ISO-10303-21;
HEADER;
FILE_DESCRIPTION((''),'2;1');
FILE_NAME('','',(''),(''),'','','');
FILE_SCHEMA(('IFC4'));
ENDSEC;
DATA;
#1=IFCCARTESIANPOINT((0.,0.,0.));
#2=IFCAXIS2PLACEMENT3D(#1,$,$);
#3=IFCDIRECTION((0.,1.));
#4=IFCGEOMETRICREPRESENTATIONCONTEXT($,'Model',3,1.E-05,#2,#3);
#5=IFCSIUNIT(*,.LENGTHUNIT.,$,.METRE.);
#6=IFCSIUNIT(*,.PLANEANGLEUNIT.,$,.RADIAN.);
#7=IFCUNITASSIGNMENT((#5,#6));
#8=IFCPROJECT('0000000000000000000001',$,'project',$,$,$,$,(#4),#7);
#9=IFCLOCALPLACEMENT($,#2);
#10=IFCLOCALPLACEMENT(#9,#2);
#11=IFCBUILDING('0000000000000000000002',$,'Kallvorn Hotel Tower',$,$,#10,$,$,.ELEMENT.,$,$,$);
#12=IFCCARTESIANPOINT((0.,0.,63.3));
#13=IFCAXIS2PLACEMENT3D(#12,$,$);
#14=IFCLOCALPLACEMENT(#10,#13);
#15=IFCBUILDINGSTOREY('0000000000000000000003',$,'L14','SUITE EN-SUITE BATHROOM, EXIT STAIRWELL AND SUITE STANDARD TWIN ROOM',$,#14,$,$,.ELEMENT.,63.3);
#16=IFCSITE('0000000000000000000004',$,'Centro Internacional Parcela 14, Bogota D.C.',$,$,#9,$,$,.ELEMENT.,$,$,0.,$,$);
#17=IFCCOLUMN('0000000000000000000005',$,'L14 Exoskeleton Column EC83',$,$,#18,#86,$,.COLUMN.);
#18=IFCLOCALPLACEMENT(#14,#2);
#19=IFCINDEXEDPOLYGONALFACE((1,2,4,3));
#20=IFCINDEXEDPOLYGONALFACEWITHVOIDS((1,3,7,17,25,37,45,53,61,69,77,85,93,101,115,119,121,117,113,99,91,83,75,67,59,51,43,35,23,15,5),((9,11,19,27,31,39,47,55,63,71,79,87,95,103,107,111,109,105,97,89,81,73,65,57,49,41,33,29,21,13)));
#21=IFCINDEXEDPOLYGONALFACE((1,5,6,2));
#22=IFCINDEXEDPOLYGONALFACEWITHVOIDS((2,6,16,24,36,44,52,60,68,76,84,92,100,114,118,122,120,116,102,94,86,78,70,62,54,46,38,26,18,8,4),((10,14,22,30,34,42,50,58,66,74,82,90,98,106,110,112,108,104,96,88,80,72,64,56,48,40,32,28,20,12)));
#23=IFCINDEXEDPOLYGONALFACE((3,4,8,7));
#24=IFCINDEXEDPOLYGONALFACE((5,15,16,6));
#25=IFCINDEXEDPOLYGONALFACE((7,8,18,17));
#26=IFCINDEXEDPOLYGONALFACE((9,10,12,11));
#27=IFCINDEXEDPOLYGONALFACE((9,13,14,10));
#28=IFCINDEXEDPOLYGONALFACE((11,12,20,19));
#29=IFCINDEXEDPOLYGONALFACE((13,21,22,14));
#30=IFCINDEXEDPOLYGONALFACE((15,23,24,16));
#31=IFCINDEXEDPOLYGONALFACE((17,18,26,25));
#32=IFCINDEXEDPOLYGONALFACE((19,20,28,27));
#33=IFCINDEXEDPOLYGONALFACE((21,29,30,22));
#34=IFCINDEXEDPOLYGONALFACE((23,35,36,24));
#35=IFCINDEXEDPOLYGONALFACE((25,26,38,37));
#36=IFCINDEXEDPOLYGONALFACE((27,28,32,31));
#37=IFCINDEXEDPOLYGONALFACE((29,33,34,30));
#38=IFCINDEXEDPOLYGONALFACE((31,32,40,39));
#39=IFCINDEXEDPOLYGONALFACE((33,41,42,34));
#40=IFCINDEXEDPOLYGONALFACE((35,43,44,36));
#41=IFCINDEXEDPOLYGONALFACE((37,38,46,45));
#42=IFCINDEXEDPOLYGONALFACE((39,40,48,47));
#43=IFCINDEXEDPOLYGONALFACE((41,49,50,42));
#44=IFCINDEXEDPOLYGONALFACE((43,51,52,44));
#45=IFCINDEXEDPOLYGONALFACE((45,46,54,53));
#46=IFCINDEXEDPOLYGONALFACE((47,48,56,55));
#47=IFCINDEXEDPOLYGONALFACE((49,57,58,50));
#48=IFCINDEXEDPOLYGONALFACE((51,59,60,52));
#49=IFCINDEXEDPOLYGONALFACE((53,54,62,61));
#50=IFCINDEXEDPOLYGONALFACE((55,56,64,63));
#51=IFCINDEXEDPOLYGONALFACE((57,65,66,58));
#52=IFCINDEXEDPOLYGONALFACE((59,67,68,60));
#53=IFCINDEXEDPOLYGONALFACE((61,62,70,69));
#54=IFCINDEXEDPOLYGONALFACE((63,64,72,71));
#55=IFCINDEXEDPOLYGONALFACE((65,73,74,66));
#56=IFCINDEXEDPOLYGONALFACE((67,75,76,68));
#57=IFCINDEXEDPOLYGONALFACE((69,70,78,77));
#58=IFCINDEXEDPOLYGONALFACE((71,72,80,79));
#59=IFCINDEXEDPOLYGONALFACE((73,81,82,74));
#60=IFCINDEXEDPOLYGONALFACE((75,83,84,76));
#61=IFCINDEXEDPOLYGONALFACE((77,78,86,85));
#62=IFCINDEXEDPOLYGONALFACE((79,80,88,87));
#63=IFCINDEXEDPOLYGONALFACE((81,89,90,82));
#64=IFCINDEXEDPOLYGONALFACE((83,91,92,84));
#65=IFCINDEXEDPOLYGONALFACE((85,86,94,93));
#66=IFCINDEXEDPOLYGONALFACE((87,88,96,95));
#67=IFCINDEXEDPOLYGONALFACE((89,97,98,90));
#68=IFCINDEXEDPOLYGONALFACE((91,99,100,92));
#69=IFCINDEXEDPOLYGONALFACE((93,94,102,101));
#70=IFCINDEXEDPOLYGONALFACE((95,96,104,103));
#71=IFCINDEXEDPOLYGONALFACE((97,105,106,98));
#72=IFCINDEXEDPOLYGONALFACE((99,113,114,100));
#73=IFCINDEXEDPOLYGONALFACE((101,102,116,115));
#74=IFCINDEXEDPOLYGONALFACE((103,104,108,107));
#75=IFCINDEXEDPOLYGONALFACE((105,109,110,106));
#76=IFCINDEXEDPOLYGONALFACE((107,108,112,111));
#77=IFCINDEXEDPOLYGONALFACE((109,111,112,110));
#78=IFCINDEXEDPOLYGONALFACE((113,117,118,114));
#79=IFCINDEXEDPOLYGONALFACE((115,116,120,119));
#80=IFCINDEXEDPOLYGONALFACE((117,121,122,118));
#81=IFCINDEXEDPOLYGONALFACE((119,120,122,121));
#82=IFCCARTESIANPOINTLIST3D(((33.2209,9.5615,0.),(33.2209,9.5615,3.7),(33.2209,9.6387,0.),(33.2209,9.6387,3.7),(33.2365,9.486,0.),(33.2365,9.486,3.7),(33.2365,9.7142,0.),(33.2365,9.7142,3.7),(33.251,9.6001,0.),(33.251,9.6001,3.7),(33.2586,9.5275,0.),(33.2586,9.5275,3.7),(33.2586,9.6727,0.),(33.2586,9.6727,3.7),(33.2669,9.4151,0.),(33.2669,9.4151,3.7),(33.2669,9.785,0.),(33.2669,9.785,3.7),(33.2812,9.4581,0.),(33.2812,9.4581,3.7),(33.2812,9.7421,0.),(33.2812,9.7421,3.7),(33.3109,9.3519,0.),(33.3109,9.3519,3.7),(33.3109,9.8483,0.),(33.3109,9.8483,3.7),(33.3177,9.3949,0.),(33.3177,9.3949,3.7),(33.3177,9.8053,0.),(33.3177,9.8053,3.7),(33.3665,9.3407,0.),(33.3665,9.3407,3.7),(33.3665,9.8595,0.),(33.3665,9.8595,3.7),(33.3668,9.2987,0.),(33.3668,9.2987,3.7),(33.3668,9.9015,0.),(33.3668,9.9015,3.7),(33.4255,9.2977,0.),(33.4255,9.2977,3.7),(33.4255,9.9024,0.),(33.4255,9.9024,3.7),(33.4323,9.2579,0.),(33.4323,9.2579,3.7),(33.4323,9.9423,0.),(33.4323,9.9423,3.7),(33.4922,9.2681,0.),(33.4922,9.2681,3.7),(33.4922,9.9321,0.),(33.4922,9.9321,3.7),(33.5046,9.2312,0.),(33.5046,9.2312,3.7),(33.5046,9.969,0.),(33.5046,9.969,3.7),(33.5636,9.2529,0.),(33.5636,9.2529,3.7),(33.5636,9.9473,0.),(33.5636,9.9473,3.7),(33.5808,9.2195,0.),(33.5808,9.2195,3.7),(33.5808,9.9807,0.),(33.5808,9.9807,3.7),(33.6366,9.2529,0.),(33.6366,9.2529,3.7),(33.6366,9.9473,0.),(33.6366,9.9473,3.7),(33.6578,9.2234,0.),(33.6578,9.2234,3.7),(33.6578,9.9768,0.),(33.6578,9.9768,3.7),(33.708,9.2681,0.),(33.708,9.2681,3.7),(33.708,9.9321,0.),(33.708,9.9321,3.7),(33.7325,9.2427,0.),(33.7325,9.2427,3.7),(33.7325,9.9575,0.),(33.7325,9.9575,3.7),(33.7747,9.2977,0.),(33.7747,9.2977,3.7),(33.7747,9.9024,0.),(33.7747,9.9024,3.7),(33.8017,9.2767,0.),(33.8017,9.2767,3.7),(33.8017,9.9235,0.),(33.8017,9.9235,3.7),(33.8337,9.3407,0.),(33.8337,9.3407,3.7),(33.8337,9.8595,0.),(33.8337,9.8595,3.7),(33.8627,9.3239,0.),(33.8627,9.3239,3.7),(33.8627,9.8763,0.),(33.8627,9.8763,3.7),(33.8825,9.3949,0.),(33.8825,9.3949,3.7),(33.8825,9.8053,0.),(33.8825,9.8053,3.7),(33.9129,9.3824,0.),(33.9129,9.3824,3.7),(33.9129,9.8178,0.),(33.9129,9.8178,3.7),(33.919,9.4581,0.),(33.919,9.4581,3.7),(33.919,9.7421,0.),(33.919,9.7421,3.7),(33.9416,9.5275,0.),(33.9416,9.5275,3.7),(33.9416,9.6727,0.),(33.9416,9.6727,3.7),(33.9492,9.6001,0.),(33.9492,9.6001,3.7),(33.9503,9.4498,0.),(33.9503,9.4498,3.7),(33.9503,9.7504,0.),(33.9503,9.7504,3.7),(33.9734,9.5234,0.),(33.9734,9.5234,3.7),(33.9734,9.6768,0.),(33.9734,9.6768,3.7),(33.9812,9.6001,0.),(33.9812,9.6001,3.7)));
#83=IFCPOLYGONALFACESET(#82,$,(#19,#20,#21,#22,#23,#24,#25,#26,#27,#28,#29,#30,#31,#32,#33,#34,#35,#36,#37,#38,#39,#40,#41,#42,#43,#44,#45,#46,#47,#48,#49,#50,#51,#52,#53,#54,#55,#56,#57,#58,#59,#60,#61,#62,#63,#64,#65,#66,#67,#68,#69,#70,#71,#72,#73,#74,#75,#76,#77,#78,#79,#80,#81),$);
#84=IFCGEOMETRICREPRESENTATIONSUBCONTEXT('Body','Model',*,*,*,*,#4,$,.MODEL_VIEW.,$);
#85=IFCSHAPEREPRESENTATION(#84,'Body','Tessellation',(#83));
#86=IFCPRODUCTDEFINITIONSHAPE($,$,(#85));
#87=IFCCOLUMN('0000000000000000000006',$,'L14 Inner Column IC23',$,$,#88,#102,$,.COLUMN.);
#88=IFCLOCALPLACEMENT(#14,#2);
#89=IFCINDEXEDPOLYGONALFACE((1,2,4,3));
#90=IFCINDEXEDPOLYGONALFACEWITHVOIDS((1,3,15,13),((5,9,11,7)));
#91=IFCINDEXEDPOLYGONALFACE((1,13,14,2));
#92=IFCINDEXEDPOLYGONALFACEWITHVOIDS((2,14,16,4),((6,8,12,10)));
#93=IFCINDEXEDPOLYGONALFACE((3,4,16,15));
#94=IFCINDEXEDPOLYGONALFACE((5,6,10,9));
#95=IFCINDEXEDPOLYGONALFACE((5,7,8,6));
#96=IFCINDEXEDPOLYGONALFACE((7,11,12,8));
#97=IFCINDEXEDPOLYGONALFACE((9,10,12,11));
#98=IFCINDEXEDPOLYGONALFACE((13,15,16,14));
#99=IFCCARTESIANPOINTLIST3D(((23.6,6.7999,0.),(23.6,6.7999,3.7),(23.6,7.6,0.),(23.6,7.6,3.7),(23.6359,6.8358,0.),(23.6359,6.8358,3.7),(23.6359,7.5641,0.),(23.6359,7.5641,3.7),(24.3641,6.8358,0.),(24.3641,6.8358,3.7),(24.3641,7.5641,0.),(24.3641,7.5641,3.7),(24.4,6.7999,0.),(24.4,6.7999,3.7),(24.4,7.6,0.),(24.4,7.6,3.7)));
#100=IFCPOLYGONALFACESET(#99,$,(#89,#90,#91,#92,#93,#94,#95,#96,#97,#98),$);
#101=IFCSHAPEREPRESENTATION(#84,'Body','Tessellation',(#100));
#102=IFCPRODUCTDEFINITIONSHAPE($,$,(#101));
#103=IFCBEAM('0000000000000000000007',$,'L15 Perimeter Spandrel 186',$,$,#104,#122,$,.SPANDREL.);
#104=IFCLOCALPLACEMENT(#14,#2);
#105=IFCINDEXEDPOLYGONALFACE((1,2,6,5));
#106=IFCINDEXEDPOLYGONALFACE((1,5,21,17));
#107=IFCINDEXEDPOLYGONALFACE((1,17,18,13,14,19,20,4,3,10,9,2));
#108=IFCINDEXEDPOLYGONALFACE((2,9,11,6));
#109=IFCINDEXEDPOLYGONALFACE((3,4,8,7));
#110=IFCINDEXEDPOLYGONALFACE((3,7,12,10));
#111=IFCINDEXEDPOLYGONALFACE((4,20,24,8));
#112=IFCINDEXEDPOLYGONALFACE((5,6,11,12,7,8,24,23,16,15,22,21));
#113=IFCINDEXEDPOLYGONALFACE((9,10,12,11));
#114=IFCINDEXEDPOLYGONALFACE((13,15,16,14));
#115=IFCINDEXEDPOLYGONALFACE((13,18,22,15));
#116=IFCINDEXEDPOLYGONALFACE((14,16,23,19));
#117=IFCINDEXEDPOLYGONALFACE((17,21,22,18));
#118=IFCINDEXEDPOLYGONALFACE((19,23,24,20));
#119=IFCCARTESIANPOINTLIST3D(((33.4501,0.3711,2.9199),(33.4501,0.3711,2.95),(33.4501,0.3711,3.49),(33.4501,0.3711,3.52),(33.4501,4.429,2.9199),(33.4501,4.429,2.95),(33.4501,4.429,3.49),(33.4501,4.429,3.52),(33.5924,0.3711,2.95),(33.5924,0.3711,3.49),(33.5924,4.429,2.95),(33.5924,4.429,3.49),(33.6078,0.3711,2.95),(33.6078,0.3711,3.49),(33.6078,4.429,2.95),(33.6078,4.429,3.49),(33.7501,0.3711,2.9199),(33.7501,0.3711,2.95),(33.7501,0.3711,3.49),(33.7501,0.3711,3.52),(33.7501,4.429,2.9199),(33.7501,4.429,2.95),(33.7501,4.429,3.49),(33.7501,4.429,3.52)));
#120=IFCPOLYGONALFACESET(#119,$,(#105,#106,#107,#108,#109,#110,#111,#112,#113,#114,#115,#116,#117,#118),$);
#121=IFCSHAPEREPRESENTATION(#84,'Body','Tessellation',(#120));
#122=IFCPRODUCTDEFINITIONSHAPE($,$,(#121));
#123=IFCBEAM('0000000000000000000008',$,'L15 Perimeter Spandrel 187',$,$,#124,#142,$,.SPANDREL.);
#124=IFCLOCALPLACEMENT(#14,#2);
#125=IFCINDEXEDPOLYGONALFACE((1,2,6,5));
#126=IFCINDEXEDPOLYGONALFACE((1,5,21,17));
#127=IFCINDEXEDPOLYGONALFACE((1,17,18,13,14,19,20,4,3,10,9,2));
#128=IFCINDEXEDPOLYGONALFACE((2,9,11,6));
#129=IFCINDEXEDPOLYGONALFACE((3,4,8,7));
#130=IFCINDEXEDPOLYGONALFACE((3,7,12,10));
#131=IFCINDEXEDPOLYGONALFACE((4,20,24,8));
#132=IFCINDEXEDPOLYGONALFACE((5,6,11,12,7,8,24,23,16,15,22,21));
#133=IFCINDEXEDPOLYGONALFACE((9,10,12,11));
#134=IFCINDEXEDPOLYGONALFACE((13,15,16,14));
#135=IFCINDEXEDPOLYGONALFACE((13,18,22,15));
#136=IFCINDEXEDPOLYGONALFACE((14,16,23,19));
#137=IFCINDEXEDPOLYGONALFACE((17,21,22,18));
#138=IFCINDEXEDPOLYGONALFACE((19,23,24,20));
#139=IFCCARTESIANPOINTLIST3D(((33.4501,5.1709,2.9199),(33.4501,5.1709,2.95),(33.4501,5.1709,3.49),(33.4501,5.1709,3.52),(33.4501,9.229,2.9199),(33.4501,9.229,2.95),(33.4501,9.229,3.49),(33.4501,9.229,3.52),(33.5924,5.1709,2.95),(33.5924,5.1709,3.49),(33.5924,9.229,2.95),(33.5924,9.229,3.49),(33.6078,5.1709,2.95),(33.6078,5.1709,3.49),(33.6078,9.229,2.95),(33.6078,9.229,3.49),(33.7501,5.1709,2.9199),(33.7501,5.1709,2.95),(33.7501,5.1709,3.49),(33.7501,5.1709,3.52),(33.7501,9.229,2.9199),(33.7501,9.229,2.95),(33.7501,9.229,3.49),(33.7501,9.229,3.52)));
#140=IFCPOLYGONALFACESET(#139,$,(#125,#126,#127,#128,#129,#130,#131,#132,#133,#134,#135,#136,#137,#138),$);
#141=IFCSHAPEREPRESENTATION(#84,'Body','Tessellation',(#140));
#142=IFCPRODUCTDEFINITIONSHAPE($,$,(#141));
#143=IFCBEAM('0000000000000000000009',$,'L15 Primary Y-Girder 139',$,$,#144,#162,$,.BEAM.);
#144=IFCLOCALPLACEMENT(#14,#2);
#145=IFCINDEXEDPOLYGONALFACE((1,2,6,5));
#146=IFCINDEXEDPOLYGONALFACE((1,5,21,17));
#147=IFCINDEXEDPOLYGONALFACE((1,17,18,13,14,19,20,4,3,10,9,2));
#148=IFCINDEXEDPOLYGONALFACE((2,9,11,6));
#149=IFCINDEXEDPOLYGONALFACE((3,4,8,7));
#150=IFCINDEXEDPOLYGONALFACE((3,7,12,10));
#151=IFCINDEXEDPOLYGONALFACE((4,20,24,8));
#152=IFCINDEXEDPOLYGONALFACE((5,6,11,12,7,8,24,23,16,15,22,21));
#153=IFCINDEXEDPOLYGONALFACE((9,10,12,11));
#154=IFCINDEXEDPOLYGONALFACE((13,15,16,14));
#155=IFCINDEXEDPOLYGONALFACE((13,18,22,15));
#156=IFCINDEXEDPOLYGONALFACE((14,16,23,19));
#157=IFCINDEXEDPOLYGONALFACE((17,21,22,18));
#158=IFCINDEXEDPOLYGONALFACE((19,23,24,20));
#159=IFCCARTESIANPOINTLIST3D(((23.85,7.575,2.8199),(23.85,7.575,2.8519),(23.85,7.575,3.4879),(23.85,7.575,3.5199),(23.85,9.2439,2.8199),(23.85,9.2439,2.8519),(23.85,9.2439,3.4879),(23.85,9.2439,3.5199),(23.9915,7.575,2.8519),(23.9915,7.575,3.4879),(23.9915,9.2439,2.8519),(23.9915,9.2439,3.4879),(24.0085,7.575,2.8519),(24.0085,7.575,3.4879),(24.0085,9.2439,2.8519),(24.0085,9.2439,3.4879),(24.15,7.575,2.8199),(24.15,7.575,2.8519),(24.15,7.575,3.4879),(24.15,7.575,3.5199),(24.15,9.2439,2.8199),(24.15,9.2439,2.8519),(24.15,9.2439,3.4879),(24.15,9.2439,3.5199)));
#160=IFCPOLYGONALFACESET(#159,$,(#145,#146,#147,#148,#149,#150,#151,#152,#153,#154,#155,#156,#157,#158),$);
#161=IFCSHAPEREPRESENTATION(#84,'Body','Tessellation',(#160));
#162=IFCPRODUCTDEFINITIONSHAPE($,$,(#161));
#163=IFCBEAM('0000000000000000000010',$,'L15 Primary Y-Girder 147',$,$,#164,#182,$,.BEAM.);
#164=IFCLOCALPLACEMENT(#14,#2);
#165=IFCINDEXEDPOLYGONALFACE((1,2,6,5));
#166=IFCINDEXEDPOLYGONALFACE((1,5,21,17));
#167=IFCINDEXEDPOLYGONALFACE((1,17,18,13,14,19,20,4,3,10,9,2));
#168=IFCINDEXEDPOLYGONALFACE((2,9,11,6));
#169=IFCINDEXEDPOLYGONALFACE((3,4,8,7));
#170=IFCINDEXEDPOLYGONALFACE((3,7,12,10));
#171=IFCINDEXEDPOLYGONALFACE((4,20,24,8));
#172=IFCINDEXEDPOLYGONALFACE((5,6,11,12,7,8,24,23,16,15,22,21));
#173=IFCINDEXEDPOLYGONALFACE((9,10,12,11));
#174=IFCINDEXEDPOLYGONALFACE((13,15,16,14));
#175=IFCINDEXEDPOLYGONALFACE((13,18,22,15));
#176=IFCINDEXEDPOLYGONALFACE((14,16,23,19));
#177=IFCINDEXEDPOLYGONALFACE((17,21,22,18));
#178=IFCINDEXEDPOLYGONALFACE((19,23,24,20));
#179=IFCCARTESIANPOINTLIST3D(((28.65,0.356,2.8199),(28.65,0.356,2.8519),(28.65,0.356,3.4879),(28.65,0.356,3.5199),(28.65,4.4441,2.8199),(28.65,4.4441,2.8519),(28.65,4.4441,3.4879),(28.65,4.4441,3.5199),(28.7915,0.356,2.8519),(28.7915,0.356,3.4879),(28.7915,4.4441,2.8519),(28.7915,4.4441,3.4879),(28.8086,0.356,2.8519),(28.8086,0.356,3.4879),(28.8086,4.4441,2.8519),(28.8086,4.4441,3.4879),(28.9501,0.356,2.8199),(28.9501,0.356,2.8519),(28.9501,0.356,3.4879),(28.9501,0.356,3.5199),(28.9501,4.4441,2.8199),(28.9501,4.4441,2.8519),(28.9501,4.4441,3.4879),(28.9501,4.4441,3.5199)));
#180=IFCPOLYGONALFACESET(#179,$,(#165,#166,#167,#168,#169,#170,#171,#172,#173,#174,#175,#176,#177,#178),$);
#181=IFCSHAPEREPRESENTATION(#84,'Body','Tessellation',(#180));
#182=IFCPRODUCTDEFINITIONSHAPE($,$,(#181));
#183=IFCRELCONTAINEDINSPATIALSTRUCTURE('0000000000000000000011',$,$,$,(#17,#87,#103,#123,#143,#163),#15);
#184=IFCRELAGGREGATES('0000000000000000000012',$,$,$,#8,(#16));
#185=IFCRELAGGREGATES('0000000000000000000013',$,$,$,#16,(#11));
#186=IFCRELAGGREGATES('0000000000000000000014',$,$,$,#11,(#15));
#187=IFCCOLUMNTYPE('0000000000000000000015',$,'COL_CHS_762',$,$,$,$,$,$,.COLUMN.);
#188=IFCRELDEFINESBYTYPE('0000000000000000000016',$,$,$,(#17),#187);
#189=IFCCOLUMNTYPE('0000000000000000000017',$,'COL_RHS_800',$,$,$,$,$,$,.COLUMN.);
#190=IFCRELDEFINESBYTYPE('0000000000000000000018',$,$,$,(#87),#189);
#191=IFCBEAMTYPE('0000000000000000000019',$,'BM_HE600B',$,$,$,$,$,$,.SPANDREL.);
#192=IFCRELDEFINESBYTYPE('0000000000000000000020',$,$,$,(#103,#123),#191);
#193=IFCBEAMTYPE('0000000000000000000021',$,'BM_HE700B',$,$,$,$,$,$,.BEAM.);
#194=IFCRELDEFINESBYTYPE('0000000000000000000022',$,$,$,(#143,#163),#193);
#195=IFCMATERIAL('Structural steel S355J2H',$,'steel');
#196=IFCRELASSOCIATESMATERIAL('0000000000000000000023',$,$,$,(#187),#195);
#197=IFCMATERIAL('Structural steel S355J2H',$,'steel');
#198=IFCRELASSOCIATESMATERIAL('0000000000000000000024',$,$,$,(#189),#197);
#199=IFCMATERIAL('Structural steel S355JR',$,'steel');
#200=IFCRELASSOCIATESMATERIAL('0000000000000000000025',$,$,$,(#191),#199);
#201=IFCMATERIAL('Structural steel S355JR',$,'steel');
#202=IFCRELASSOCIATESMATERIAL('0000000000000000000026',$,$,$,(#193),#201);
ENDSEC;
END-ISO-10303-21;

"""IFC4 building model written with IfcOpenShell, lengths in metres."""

from ifc_helpers import new_model, si_unit, direction, frame, origin, origin_2d, place, context, subcontext, project, spatial, hollow_rectangle, hollow_circle, i_section, extrude, material, material_profile, profile_set, type_object, element, save


model = new_model("IFC4")

# Units and contexts
model_context = context("Model", 3, precision=1e-05, world=origin(), true_north=direction((0.0, 1.0)))
body_context = subcontext(model_context, "Body", "Model", "MODEL_VIEW")
ifc_project = project(units=[si_unit("LENGTHUNIT", "METRE"), si_unit("PLANEANGLEUNIT", "RADIAN")], contexts=[model_context])

# Site, building, storey
site_placement = place(None, origin())
site = spatial("IfcSite", under=ifc_project, at=site_placement, Name="Centro Internacional Parcela 14, Bogota D.C.", CompositionType="ELEMENT", RefElevation=0.0)
building_placement = place(site_placement, origin())
building = spatial("IfcBuilding", under=site, at=building_placement, Name="Kallvorn Hotel Tower", CompositionType="ELEMENT")
storey_placement = place(building_placement, frame((0.0, 0.0, 63.3)))
storey = spatial("IfcBuildingStorey", under=building, at=storey_placement, Name="L14", Description="SUITE EN-SUITE BATHROOM, EXIT STAIRWELL AND SUITE STANDARD TWIN ROOM", CompositionType="ELEMENT", Elevation=63.3)

# Columns
ifc_material_1 = material(Name="Structural steel S355J2H", Category="steel")
ifc_material_profile_1 = material_profile(ifc_material_1, hollow_circle(Radius=0.3811, WallThickness=0.032, at=origin_2d()), Name="CHS 762x32")
ifc_profile_set_1 = profile_set([ifc_material_profile_1], Name="Structural steel S355J2H")
column_type_1 = type_object("IfcColumnType", Name="COL_CHS_762", PredefinedType="COLUMN", material=ifc_profile_set_1)
for number, where, z_axis, x_axis, name in (
    (1, (33.6001, 9.6001, 0.0), (0.0, 0.0, 1.0), (1.0, 0.0, 0.0), "L14 Exoskeleton Column EC83"),
):
    element("IfcColumn", number, at=place(storey_placement, frame(where, z_axis=z_axis, x_axis=x_axis)), inside=storey, type_object=column_type_1, Name=name, PredefinedType="COLUMN", context=body_context, shape_type="SweptSolid", body=[
        extrude(hollow_circle(Radius=0.3811, WallThickness=0.032, at=origin_2d()), origin(), (0.0, 0.0, 1.0), 3.7),
    ])
ifc_material_2 = material(Name="Structural steel S355J2H", Category="steel")
ifc_material_profile_2 = material_profile(ifc_material_2, hollow_rectangle(XDim=0.8, YDim=0.8, WallThickness=0.0359, at=origin_2d()), Name="RHS 800x800x36")
ifc_profile_set_2 = profile_set([ifc_material_profile_2], Name="Structural steel S355J2H")
column_type_2 = type_object("IfcColumnType", Name="COL_RHS_800", PredefinedType="COLUMN", material=ifc_profile_set_2)
column_placement = place(storey_placement, frame((24.0, 7.2, 0.0), z_axis=(0.0, 0.0, 1.0), x_axis=(1.0, 0.0, 0.0)))
element("IfcColumn", 2, at=column_placement, inside=storey, type_object=column_type_2, Name="L14 Inner Column IC23", PredefinedType="COLUMN", context=body_context, shape_type="SweptSolid", body=[
    extrude(hollow_rectangle(XDim=0.8, YDim=0.8, WallThickness=0.0359, at=origin_2d()), origin(), (0.0, 0.0, 1.0), 3.7),
])

# Beams
ifc_material_3 = material(Name="Structural steel S355JR", Category="steel")
ifc_material_profile_3 = material_profile(ifc_material_3, i_section(OverallWidth=0.3, OverallDepth=0.6001, WebThickness=0.0154, FlangeThickness=0.03, at=origin_2d()), Name="HE 600 B")
ifc_profile_set_3 = profile_set([ifc_material_profile_3], Name="Structural steel S355JR")
beam_type_1 = type_object("IfcBeamType", Name="BM_HE600B", PredefinedType="SPANDREL", material=ifc_profile_set_3)
beam_1_placement = place(storey_placement, frame((33.6001, 0.3711, 3.22), z_axis=(0.0, 1.0, 0.0), x_axis=(-1.0, 0.0, 0.0)))
element("IfcBeam", 3, at=beam_1_placement, inside=storey, type_object=beam_type_1, Name="L15 Perimeter Spandrel 186", PredefinedType="SPANDREL", context=body_context, shape_type="SweptSolid", body=[
    extrude(i_section(OverallWidth=0.3, OverallDepth=0.6001, WebThickness=0.0154, FlangeThickness=0.03, at=origin_2d()), origin(), (0.0, 0.0, 1.0), 4.0579),
])
beam_2_placement = place(storey_placement, frame((33.6001, 5.1709, 3.22), z_axis=(0.0, 1.0, 0.0), x_axis=(-1.0, 0.0, 0.0)))
element("IfcBeam", 4, at=beam_2_placement, inside=storey, type_object=beam_type_1, Name="L15 Perimeter Spandrel 187", PredefinedType="SPANDREL", context=body_context, shape_type="SweptSolid", body=[
    extrude(i_section(OverallWidth=0.3, OverallDepth=0.6001, WebThickness=0.0154, FlangeThickness=0.03, at=origin_2d()), origin(), (0.0, 0.0, 1.0), 4.0581),
])
ifc_material_4 = material(Name="Structural steel S355JR", Category="steel")
ifc_material_profile_4 = material_profile(ifc_material_4, i_section(OverallWidth=0.3, OverallDepth=0.7, WebThickness=0.0171, FlangeThickness=0.032, at=origin_2d()), Name="HE 700 B")
ifc_profile_set_4 = profile_set([ifc_material_profile_4], Name="Structural steel S355JR")
beam_type_2 = type_object("IfcBeamType", Name="BM_HE700B", PredefinedType="BEAM", material=ifc_profile_set_4)
beam_3_placement = place(storey_placement, frame((24.0, 7.575, 3.1699), z_axis=(0.0, 1.0, 0.0), x_axis=(-1.0, 0.0, 0.0)))
element("IfcBeam", 5, at=beam_3_placement, inside=storey, type_object=beam_type_2, Name="L15 Primary Y-Girder 139", PredefinedType="BEAM", context=body_context, shape_type="SweptSolid", body=[
    extrude(i_section(OverallWidth=0.3, OverallDepth=0.7, WebThickness=0.0171, FlangeThickness=0.032, at=origin_2d()), origin(), (0.0, 0.0, 1.0), 1.6689),
])
beam_4_placement = place(storey_placement, frame((28.8, 0.356, 3.1699), z_axis=(0.0, 1.0, 0.0), x_axis=(-1.0, 0.0, 0.0)))
element("IfcBeam", 6, at=beam_4_placement, inside=storey, type_object=beam_type_2, Name="L15 Primary Y-Girder 147", PredefinedType="BEAM", context=body_context, shape_type="SweptSolid", body=[
    extrude(i_section(OverallWidth=0.3, OverallDepth=0.7, WebThickness=0.0171, FlangeThickness=0.032, at=origin_2d()), origin(), (0.0, 0.0, 1.0), 4.0881),
])

save(model, "model.ifc")
